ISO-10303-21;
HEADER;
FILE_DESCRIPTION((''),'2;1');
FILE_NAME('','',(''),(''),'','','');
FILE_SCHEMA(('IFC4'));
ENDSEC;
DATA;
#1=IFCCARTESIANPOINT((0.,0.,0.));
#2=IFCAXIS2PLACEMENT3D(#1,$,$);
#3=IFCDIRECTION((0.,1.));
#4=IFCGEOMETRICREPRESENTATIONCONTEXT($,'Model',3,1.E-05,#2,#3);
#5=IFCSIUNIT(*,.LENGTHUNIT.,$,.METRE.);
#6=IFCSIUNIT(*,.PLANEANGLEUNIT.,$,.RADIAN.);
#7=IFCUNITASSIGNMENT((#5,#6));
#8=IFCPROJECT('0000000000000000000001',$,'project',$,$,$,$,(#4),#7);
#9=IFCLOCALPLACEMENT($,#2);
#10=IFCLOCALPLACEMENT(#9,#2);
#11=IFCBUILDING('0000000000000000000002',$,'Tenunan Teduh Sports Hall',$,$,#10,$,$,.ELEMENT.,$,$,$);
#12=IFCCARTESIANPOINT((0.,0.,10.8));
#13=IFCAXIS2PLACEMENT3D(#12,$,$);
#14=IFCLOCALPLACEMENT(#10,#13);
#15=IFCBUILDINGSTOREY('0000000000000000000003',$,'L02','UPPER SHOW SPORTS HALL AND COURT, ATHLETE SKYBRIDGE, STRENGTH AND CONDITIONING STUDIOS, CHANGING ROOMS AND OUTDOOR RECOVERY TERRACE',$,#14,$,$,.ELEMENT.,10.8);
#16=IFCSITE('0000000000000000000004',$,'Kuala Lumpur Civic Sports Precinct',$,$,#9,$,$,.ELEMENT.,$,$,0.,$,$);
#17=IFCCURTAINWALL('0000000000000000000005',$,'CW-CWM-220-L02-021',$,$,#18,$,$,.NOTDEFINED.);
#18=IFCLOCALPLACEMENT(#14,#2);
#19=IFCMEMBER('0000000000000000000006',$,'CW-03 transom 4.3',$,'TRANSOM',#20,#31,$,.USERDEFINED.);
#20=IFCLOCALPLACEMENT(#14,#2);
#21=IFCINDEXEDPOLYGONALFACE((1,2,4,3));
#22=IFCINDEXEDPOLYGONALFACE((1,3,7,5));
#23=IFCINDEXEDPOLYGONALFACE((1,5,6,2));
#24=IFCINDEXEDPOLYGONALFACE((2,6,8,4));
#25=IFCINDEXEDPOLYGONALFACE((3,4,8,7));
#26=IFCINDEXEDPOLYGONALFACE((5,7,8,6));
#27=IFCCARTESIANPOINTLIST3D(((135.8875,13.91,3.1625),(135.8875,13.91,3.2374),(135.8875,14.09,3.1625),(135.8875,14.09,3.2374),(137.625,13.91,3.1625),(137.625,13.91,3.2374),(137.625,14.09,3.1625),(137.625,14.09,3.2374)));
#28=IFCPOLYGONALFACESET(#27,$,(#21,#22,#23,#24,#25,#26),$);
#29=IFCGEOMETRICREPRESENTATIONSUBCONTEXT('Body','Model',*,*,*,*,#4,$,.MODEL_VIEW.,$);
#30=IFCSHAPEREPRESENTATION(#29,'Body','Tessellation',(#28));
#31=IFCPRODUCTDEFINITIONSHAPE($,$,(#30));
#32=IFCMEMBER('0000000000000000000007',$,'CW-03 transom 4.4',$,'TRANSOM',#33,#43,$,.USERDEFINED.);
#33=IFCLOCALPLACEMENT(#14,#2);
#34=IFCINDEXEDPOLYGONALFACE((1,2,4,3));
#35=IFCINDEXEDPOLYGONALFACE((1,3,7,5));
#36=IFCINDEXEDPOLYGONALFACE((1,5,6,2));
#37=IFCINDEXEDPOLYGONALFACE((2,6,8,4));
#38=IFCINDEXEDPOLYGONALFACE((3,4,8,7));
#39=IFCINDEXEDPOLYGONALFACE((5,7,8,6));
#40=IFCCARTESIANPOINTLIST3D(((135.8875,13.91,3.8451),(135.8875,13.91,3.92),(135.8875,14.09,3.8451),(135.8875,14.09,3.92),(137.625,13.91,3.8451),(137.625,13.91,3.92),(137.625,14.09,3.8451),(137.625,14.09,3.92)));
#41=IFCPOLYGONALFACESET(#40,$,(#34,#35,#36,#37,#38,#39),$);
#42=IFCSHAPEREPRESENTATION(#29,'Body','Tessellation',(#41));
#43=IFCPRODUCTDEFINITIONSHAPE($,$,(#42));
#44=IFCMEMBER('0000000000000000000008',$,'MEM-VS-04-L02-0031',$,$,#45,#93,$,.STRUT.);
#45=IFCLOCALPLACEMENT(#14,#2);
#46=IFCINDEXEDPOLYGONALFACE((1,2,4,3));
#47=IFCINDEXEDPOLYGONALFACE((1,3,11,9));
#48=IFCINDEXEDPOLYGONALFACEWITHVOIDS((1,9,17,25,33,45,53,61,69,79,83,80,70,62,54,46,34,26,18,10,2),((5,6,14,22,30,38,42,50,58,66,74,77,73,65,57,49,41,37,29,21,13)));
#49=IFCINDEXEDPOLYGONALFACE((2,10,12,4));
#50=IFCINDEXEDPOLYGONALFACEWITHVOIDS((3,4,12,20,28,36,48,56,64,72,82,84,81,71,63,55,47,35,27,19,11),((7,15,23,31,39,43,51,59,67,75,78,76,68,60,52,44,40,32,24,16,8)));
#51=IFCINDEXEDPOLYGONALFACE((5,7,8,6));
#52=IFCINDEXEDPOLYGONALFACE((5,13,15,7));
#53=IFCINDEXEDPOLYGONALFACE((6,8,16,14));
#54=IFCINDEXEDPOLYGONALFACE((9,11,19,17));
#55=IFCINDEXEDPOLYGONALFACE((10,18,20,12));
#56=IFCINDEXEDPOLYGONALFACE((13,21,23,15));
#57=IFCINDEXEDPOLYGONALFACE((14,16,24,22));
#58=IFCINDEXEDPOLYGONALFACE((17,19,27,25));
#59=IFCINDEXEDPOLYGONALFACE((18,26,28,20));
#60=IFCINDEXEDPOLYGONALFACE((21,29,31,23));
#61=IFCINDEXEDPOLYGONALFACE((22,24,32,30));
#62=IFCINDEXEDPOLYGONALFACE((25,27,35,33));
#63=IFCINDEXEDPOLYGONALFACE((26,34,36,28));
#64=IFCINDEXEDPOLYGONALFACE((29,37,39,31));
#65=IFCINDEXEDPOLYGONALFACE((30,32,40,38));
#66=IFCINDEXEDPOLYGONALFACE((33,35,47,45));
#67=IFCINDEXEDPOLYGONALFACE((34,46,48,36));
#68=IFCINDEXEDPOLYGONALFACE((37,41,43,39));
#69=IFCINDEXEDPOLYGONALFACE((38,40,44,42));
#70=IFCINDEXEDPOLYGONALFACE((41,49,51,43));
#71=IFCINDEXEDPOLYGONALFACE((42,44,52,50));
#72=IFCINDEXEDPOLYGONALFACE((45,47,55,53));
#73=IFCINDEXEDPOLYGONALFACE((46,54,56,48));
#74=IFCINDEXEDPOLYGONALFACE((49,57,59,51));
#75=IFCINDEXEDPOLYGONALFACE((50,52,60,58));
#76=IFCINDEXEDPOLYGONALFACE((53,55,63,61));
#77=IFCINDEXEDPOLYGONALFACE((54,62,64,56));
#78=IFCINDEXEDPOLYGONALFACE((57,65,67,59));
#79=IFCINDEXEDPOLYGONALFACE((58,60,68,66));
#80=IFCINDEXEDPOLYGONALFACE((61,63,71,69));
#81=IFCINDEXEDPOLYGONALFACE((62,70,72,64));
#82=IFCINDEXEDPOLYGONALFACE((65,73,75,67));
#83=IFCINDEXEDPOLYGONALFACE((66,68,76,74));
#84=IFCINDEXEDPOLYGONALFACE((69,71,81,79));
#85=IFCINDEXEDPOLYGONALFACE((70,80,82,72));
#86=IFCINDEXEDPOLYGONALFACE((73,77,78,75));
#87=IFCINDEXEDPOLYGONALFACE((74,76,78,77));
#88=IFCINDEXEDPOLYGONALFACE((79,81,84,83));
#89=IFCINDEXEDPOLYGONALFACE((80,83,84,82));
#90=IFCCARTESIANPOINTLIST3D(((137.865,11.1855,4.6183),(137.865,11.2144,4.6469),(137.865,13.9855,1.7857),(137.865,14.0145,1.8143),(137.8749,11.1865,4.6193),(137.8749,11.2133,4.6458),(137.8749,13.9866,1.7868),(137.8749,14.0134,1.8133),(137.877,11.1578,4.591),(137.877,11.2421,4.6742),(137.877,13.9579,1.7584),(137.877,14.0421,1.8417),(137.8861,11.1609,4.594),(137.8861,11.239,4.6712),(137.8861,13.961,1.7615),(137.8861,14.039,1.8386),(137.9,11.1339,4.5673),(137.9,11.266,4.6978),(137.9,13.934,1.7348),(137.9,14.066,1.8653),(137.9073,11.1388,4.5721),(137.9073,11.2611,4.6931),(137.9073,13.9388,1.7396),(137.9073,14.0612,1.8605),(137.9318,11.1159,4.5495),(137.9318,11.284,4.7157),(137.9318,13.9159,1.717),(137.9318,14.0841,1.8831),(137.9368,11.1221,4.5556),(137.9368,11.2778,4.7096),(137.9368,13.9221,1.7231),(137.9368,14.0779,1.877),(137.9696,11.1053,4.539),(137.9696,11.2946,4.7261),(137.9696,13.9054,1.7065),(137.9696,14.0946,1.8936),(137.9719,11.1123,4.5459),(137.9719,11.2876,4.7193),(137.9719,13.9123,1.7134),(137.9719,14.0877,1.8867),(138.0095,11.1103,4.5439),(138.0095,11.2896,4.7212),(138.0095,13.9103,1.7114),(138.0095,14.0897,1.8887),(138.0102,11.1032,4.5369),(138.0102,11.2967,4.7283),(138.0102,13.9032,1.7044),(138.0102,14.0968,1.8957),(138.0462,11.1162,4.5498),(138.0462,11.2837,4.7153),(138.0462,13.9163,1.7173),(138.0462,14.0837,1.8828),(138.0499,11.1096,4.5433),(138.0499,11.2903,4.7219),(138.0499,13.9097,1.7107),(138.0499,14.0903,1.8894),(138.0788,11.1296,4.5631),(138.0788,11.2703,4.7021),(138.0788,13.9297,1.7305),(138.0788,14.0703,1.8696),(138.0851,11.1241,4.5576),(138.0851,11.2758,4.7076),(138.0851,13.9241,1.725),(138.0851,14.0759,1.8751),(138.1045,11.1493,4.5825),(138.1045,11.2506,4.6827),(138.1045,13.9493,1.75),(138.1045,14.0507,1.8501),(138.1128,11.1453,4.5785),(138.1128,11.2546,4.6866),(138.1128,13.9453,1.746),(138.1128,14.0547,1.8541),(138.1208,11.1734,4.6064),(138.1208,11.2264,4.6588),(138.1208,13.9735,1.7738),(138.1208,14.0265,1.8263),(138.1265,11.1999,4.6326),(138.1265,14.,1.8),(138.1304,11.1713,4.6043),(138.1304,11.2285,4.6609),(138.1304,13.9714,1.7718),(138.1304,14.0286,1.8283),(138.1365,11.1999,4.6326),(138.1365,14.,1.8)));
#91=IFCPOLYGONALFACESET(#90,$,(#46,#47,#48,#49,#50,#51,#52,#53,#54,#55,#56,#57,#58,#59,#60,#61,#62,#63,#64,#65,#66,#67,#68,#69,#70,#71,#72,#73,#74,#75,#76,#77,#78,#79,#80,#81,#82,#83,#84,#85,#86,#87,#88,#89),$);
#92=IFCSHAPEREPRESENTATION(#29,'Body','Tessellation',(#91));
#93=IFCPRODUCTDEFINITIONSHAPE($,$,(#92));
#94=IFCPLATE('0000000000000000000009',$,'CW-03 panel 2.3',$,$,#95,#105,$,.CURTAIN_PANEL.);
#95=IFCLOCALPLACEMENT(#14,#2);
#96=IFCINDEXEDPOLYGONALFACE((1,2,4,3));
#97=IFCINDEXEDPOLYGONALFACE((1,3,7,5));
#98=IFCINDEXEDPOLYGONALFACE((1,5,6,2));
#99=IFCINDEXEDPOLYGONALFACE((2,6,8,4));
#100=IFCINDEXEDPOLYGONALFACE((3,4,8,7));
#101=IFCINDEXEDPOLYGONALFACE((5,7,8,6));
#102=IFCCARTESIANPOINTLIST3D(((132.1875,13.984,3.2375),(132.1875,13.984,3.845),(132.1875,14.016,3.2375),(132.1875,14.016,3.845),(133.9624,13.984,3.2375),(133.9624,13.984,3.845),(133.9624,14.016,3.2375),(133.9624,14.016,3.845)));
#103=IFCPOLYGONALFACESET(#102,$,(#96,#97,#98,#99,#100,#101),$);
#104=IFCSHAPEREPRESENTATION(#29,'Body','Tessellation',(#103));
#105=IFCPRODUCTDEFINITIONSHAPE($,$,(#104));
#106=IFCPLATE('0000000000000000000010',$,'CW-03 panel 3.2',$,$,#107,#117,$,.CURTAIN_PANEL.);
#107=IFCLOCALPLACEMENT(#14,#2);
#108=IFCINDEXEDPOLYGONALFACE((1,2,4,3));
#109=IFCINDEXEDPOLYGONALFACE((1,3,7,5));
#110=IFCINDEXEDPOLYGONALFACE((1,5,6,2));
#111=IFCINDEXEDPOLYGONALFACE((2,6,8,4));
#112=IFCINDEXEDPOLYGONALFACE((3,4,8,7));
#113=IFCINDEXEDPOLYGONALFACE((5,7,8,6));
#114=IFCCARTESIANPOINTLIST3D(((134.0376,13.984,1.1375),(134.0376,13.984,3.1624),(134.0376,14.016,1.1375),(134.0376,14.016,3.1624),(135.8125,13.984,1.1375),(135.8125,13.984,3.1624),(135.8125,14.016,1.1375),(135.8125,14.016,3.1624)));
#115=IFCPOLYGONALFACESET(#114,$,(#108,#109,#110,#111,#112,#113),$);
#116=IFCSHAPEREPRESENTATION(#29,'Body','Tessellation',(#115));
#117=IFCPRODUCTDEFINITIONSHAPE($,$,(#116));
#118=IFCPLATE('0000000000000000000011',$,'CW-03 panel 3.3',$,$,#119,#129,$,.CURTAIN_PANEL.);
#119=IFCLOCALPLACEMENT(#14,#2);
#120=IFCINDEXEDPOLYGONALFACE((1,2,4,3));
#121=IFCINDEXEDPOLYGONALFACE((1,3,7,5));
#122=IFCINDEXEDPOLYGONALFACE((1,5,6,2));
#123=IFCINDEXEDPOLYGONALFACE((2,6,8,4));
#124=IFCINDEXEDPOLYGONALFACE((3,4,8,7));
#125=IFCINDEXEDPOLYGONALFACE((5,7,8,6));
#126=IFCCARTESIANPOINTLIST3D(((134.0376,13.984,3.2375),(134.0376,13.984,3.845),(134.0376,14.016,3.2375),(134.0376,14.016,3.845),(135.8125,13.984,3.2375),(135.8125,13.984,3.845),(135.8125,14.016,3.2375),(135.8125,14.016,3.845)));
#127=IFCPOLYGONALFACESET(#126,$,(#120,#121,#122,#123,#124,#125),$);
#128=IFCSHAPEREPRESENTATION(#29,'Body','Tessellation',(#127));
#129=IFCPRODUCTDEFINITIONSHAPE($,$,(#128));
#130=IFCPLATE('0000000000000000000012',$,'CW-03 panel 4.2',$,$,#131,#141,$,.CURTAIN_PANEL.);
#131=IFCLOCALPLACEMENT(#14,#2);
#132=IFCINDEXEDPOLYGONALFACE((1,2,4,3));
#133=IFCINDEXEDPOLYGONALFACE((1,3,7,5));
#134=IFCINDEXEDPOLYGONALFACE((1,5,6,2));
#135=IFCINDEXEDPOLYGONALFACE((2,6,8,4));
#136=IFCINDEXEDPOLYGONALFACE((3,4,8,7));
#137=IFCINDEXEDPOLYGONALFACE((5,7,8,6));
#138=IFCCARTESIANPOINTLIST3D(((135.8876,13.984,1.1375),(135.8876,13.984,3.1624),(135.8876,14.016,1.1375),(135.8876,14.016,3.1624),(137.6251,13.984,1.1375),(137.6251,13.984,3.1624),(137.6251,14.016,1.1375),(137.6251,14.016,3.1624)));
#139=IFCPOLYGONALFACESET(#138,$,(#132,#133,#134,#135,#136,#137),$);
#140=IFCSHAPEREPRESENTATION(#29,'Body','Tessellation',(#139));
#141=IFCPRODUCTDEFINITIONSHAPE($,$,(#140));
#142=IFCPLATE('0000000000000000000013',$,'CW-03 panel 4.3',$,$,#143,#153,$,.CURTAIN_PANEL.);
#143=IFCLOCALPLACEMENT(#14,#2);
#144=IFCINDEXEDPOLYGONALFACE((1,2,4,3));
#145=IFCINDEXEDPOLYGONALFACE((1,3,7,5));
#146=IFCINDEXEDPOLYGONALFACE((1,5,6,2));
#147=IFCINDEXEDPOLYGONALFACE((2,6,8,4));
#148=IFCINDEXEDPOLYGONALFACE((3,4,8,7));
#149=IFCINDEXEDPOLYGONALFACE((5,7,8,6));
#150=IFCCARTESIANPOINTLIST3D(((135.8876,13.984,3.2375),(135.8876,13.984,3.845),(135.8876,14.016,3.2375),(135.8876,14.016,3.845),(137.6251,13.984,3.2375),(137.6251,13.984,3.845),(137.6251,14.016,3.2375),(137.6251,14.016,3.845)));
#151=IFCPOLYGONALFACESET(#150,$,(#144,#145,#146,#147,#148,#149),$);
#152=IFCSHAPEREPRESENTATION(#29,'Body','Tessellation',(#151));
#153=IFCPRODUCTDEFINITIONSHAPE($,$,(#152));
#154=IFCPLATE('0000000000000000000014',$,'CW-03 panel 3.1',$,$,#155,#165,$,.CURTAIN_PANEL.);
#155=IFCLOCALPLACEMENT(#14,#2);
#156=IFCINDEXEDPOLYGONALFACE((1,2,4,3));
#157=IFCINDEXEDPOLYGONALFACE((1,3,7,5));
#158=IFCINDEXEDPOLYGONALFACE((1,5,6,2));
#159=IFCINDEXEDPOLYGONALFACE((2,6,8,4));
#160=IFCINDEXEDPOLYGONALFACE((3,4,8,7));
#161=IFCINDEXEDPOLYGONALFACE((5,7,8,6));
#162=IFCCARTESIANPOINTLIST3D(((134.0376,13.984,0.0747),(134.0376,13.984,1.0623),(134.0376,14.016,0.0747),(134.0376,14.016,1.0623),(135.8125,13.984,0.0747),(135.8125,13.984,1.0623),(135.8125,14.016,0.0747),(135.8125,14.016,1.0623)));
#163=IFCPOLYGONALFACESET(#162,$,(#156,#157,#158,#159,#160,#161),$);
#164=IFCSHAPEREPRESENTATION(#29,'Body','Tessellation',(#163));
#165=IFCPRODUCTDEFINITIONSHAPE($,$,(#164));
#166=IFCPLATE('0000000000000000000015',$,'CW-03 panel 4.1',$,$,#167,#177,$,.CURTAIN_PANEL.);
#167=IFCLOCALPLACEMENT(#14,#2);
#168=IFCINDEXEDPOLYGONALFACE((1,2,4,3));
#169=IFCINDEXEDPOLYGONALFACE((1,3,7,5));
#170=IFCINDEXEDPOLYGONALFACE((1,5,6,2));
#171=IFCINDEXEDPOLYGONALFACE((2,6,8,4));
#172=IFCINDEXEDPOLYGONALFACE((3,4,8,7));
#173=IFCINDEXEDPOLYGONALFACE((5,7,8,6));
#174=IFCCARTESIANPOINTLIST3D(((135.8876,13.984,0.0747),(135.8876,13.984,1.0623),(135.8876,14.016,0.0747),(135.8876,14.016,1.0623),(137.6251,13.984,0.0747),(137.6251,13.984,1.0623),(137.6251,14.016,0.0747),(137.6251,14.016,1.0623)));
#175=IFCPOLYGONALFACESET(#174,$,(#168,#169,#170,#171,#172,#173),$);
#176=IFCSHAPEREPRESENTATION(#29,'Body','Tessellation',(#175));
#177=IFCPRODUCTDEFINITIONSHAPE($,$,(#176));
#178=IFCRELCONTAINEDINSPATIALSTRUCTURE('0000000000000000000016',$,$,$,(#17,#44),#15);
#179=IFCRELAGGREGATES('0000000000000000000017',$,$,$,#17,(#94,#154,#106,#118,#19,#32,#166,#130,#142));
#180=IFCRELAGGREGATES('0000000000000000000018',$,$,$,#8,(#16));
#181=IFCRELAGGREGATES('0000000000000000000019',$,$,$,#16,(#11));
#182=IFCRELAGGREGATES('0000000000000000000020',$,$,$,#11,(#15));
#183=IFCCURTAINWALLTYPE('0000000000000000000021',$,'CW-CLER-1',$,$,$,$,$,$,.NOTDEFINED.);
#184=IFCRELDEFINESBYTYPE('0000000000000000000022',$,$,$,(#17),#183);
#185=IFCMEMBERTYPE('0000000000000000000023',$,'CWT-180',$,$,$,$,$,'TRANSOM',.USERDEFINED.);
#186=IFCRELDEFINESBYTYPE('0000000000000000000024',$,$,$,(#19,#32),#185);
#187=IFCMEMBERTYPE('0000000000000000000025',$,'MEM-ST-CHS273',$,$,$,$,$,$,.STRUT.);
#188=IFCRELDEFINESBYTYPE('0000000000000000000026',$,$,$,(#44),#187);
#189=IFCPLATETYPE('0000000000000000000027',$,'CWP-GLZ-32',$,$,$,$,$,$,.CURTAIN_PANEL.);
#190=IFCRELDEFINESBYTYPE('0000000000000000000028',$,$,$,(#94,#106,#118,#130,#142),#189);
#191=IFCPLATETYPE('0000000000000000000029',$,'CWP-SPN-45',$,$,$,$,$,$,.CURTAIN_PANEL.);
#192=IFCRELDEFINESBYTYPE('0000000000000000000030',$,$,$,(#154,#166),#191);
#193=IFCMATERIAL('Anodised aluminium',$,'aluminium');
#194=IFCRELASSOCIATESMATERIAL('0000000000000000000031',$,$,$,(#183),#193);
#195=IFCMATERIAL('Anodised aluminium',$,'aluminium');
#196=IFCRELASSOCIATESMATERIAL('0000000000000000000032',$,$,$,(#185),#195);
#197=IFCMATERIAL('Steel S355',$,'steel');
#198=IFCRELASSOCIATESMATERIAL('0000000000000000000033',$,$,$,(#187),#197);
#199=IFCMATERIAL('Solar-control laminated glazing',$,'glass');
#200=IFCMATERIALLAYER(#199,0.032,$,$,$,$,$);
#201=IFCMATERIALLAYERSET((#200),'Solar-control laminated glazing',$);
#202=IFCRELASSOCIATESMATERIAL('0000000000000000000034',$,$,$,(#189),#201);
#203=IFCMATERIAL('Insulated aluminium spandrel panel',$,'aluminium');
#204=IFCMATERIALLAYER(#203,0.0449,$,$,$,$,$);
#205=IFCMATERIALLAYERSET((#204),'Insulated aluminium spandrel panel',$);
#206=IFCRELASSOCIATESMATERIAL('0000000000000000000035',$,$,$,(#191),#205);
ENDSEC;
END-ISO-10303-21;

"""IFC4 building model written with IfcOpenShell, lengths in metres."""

from ifc_helpers import new_model, si_unit, direction, frame, origin, origin_2d, place, context, subcontext, project, spatial, rectangle, hollow_circle, extrude, material, layer, layer_set, material_profile, profile_set, type_object, element, aggregate, save


model = new_model("IFC4")

# Units and contexts
model_context = context("Model", 3, precision=1e-05, world=origin(), true_north=direction((0.0, 1.0)))
body_context = subcontext(model_context, "Body", "Model", "MODEL_VIEW")
ifc_project = project(units=[si_unit("LENGTHUNIT", "METRE"), si_unit("PLANEANGLEUNIT", "RADIAN")], contexts=[model_context])

# Site, building, storey
site_placement = place(None, origin())
site = spatial("IfcSite", under=ifc_project, at=site_placement, Name="Kuala Lumpur Civic Sports Precinct", CompositionType="ELEMENT", RefElevation=0.0)
building_placement = place(site_placement, origin())
building = spatial("IfcBuilding", under=site, at=building_placement, Name="Tenunan Teduh Sports Hall", CompositionType="ELEMENT")
storey_placement = place(building_placement, frame((0.0, 0.0, 10.8)))
storey = spatial("IfcBuildingStorey", under=building, at=storey_placement, Name="L02", Description="UPPER SHOW SPORTS HALL AND COURT, ATHLETE SKYBRIDGE, STRENGTH AND CONDITIONING STUDIOS, CHANGING ROOMS AND OUTDOOR RECOVERY TERRACE", CompositionType="ELEMENT", Elevation=10.8)

# Shared definitions
ifc_material_1 = material(Name="Anodised aluminium", Category="aluminium")
curtain_wall_type = type_object("IfcCurtainWallType", Name="CW-CLER-1", PredefinedType="NOTDEFINED", material=ifc_material_1)

# Curtain wall
curtain_wall_1_placement = place(storey_placement, origin())
curtain_wall_1 = element("IfcCurtainWall", 1, at=curtain_wall_1_placement, inside=storey, type_object=curtain_wall_type, Name="CW-CWM-220-L02-021", PredefinedType="NOTDEFINED")

# Members
ifc_material_2 = material(Name="Anodised aluminium", Category="aluminium")
ifc_material_profile_1 = material_profile(ifc_material_2, rectangle(XDim=0.075, YDim=0.1799, at=origin_2d()), Name="CWT 75x180")
ifc_profile_set_1 = profile_set([ifc_material_profile_1], Name="Anodised aluminium")
member_type_1 = type_object("IfcMemberType", Name="CWT-180", ElementType="TRANSOM", PredefinedType="USERDEFINED", material=ifc_profile_set_1)
member_1_placement = place(storey_placement, frame((135.8875, 14.0, 3.2), z_axis=(1.0, 0.0, 0.0), x_axis=(0.0, 0.0, 1.0)))
member_1 = element("IfcMember", 2, at=member_1_placement, type_object=member_type_1, Name="CW-03 transom 4.3", ObjectType="TRANSOM", PredefinedType="USERDEFINED", context=body_context, shape_type="SweptSolid", body=[
    extrude(rectangle(XDim=0.075, YDim=0.1799, at=origin_2d()), origin(), (0.0, 0.0, 1.0), 1.7375),
])
member_2_placement = place(storey_placement, frame((135.8875, 14.0, 3.8826), z_axis=(1.0, 0.0, 0.0), x_axis=(0.0, 0.0, 1.0)))
member_2 = element("IfcMember", 3, at=member_2_placement, type_object=member_type_1, Name="CW-03 transom 4.4", ObjectType="TRANSOM", PredefinedType="USERDEFINED", context=body_context, shape_type="SweptSolid", body=[
    extrude(rectangle(XDim=0.075, YDim=0.1799, at=origin_2d()), origin(), (0.0, 0.0, 1.0), 1.7375),
])
ifc_material_3 = material(Name="Steel S355", Category="steel")
ifc_material_profile_2 = material_profile(ifc_material_3, hollow_circle(Radius=0.1365, WallThickness=0.01, at=origin_2d()), Name="CHS 273.0x10.0")
ifc_profile_set_2 = profile_set([ifc_material_profile_2], Name="Steel S355")
member_type_2 = type_object("IfcMemberType", Name="MEM-ST-CHS273", PredefinedType="STRUT", material=ifc_profile_set_2)
member_3_placement = place(storey_placement, frame((138.0, 14.0, 1.8), z_axis=(0.0, -0.703019, 0.711171), x_axis=(1.0, 0.0, 0.0)))
element("IfcMember", 4, at=member_3_placement, inside=storey, type_object=member_type_2, Name="MEM-VS-04-L02-0031", PredefinedType="STRUT", context=body_context, shape_type="SweptSolid", body=[
    extrude(hollow_circle(Radius=0.1365, WallThickness=0.01, at=origin_2d()), origin(), (0.0, 0.0, 1.0), 3.9829),
])

# Plates
ifc_material_4 = material(Name="Solar-control laminated glazing", Category="glass")
ifc_layer_1 = layer(ifc_material_4, 0.032)
ifc_layer_set_1 = layer_set([ifc_layer_1], Name="Solar-control laminated glazing")
plate_type_1 = type_object("IfcPlateType", Name="CWP-GLZ-32", PredefinedType="CURTAIN_PANEL", material=ifc_layer_set_1)
plate_1_placement = place(storey_placement, frame((133.075, 14.0, 3.2375), z_axis=(0.0, 0.0, 1.0), x_axis=(1.0, 0.0, 0.0)))
plate_1 = element("IfcPlate", 5, at=plate_1_placement, type_object=plate_type_1, Name="CW-03 panel 2.3", PredefinedType="CURTAIN_PANEL", context=body_context, shape_type="SweptSolid", body=[
    extrude(rectangle(XDim=1.7749, YDim=0.032, at=origin_2d()), origin(), (0.0, 0.0, 1.0), 0.6074),
])
plate_2_placement = place(storey_placement, frame((134.925, 14.0, 1.1375), z_axis=(0.0, 0.0, 1.0), x_axis=(1.0, 0.0, 0.0)))
plate_2 = element("IfcPlate", 6, at=plate_2_placement, type_object=plate_type_1, Name="CW-03 panel 3.2", PredefinedType="CURTAIN_PANEL", context=body_context, shape_type="SweptSolid", body=[
    extrude(rectangle(XDim=1.7749, YDim=0.032, at=origin_2d()), origin(), (0.0, 0.0, 1.0), 2.0249),
])
plate_3_placement = place(storey_placement, frame((134.925, 14.0, 3.2375), z_axis=(0.0, 0.0, 1.0), x_axis=(1.0, 0.0, 0.0)))
plate_3 = element("IfcPlate", 7, at=plate_3_placement, type_object=plate_type_1, Name="CW-03 panel 3.3", PredefinedType="CURTAIN_PANEL", context=body_context, shape_type="SweptSolid", body=[
    extrude(rectangle(XDim=1.7749, YDim=0.032, at=origin_2d()), origin(), (0.0, 0.0, 1.0), 0.6074),
])
plate_4_placement = place(storey_placement, frame((136.7563, 14.0, 1.1375), z_axis=(0.0, 0.0, 1.0), x_axis=(1.0, 0.0, 0.0)))
plate_4 = element("IfcPlate", 8, at=plate_4_placement, type_object=plate_type_1, Name="CW-03 panel 4.2", PredefinedType="CURTAIN_PANEL", context=body_context, shape_type="SweptSolid", body=[
    extrude(rectangle(XDim=1.7375, YDim=0.032, at=origin_2d()), origin(), (0.0, 0.0, 1.0), 2.0249),
])
plate_5_placement = place(storey_placement, frame((136.7563, 14.0, 3.2375), z_axis=(0.0, 0.0, 1.0), x_axis=(1.0, 0.0, 0.0)))
plate_5 = element("IfcPlate", 9, at=plate_5_placement, type_object=plate_type_1, Name="CW-03 panel 4.3", PredefinedType="CURTAIN_PANEL", context=body_context, shape_type="SweptSolid", body=[
    extrude(rectangle(XDim=1.7375, YDim=0.032, at=origin_2d()), origin(), (0.0, 0.0, 1.0), 0.6074),
])
ifc_material_5 = material(Name="Insulated aluminium spandrel panel", Category="aluminium")
ifc_layer_2 = layer(ifc_material_5, 0.0449)
ifc_layer_set_2 = layer_set([ifc_layer_2], Name="Insulated aluminium spandrel panel")
plate_type_2 = type_object("IfcPlateType", Name="CWP-SPN-45", PredefinedType="CURTAIN_PANEL", material=ifc_layer_set_2)
plate_6_placement = place(storey_placement, frame((134.925, 14.0, 0.0747), z_axis=(0.0, 0.0, 1.0), x_axis=(1.0, 0.0, 0.0)))
plate_6 = element("IfcPlate", 10, at=plate_6_placement, type_object=plate_type_2, Name="CW-03 panel 3.1", PredefinedType="CURTAIN_PANEL", context=body_context, shape_type="SweptSolid", body=[
    extrude(rectangle(XDim=1.7749, YDim=0.032, at=origin_2d()), origin(), (0.0, 0.0, 1.0), 0.9875),
])
plate_7_placement = place(storey_placement, frame((136.7563, 14.0, 0.0747), z_axis=(0.0, 0.0, 1.0), x_axis=(1.0, 0.0, 0.0)))
plate_7 = element("IfcPlate", 11, at=plate_7_placement, type_object=plate_type_2, Name="CW-03 panel 4.1", PredefinedType="CURTAIN_PANEL", context=body_context, shape_type="SweptSolid", body=[
    extrude(rectangle(XDim=1.7375, YDim=0.032, at=origin_2d()), origin(), (0.0, 0.0, 1.0), 0.9875),
])
aggregate(curtain_wall_1, [plate_1, plate_6, plate_2, plate_3, member_1, member_2, plate_7, plate_4, plate_5])

save(model, "model.ifc")
